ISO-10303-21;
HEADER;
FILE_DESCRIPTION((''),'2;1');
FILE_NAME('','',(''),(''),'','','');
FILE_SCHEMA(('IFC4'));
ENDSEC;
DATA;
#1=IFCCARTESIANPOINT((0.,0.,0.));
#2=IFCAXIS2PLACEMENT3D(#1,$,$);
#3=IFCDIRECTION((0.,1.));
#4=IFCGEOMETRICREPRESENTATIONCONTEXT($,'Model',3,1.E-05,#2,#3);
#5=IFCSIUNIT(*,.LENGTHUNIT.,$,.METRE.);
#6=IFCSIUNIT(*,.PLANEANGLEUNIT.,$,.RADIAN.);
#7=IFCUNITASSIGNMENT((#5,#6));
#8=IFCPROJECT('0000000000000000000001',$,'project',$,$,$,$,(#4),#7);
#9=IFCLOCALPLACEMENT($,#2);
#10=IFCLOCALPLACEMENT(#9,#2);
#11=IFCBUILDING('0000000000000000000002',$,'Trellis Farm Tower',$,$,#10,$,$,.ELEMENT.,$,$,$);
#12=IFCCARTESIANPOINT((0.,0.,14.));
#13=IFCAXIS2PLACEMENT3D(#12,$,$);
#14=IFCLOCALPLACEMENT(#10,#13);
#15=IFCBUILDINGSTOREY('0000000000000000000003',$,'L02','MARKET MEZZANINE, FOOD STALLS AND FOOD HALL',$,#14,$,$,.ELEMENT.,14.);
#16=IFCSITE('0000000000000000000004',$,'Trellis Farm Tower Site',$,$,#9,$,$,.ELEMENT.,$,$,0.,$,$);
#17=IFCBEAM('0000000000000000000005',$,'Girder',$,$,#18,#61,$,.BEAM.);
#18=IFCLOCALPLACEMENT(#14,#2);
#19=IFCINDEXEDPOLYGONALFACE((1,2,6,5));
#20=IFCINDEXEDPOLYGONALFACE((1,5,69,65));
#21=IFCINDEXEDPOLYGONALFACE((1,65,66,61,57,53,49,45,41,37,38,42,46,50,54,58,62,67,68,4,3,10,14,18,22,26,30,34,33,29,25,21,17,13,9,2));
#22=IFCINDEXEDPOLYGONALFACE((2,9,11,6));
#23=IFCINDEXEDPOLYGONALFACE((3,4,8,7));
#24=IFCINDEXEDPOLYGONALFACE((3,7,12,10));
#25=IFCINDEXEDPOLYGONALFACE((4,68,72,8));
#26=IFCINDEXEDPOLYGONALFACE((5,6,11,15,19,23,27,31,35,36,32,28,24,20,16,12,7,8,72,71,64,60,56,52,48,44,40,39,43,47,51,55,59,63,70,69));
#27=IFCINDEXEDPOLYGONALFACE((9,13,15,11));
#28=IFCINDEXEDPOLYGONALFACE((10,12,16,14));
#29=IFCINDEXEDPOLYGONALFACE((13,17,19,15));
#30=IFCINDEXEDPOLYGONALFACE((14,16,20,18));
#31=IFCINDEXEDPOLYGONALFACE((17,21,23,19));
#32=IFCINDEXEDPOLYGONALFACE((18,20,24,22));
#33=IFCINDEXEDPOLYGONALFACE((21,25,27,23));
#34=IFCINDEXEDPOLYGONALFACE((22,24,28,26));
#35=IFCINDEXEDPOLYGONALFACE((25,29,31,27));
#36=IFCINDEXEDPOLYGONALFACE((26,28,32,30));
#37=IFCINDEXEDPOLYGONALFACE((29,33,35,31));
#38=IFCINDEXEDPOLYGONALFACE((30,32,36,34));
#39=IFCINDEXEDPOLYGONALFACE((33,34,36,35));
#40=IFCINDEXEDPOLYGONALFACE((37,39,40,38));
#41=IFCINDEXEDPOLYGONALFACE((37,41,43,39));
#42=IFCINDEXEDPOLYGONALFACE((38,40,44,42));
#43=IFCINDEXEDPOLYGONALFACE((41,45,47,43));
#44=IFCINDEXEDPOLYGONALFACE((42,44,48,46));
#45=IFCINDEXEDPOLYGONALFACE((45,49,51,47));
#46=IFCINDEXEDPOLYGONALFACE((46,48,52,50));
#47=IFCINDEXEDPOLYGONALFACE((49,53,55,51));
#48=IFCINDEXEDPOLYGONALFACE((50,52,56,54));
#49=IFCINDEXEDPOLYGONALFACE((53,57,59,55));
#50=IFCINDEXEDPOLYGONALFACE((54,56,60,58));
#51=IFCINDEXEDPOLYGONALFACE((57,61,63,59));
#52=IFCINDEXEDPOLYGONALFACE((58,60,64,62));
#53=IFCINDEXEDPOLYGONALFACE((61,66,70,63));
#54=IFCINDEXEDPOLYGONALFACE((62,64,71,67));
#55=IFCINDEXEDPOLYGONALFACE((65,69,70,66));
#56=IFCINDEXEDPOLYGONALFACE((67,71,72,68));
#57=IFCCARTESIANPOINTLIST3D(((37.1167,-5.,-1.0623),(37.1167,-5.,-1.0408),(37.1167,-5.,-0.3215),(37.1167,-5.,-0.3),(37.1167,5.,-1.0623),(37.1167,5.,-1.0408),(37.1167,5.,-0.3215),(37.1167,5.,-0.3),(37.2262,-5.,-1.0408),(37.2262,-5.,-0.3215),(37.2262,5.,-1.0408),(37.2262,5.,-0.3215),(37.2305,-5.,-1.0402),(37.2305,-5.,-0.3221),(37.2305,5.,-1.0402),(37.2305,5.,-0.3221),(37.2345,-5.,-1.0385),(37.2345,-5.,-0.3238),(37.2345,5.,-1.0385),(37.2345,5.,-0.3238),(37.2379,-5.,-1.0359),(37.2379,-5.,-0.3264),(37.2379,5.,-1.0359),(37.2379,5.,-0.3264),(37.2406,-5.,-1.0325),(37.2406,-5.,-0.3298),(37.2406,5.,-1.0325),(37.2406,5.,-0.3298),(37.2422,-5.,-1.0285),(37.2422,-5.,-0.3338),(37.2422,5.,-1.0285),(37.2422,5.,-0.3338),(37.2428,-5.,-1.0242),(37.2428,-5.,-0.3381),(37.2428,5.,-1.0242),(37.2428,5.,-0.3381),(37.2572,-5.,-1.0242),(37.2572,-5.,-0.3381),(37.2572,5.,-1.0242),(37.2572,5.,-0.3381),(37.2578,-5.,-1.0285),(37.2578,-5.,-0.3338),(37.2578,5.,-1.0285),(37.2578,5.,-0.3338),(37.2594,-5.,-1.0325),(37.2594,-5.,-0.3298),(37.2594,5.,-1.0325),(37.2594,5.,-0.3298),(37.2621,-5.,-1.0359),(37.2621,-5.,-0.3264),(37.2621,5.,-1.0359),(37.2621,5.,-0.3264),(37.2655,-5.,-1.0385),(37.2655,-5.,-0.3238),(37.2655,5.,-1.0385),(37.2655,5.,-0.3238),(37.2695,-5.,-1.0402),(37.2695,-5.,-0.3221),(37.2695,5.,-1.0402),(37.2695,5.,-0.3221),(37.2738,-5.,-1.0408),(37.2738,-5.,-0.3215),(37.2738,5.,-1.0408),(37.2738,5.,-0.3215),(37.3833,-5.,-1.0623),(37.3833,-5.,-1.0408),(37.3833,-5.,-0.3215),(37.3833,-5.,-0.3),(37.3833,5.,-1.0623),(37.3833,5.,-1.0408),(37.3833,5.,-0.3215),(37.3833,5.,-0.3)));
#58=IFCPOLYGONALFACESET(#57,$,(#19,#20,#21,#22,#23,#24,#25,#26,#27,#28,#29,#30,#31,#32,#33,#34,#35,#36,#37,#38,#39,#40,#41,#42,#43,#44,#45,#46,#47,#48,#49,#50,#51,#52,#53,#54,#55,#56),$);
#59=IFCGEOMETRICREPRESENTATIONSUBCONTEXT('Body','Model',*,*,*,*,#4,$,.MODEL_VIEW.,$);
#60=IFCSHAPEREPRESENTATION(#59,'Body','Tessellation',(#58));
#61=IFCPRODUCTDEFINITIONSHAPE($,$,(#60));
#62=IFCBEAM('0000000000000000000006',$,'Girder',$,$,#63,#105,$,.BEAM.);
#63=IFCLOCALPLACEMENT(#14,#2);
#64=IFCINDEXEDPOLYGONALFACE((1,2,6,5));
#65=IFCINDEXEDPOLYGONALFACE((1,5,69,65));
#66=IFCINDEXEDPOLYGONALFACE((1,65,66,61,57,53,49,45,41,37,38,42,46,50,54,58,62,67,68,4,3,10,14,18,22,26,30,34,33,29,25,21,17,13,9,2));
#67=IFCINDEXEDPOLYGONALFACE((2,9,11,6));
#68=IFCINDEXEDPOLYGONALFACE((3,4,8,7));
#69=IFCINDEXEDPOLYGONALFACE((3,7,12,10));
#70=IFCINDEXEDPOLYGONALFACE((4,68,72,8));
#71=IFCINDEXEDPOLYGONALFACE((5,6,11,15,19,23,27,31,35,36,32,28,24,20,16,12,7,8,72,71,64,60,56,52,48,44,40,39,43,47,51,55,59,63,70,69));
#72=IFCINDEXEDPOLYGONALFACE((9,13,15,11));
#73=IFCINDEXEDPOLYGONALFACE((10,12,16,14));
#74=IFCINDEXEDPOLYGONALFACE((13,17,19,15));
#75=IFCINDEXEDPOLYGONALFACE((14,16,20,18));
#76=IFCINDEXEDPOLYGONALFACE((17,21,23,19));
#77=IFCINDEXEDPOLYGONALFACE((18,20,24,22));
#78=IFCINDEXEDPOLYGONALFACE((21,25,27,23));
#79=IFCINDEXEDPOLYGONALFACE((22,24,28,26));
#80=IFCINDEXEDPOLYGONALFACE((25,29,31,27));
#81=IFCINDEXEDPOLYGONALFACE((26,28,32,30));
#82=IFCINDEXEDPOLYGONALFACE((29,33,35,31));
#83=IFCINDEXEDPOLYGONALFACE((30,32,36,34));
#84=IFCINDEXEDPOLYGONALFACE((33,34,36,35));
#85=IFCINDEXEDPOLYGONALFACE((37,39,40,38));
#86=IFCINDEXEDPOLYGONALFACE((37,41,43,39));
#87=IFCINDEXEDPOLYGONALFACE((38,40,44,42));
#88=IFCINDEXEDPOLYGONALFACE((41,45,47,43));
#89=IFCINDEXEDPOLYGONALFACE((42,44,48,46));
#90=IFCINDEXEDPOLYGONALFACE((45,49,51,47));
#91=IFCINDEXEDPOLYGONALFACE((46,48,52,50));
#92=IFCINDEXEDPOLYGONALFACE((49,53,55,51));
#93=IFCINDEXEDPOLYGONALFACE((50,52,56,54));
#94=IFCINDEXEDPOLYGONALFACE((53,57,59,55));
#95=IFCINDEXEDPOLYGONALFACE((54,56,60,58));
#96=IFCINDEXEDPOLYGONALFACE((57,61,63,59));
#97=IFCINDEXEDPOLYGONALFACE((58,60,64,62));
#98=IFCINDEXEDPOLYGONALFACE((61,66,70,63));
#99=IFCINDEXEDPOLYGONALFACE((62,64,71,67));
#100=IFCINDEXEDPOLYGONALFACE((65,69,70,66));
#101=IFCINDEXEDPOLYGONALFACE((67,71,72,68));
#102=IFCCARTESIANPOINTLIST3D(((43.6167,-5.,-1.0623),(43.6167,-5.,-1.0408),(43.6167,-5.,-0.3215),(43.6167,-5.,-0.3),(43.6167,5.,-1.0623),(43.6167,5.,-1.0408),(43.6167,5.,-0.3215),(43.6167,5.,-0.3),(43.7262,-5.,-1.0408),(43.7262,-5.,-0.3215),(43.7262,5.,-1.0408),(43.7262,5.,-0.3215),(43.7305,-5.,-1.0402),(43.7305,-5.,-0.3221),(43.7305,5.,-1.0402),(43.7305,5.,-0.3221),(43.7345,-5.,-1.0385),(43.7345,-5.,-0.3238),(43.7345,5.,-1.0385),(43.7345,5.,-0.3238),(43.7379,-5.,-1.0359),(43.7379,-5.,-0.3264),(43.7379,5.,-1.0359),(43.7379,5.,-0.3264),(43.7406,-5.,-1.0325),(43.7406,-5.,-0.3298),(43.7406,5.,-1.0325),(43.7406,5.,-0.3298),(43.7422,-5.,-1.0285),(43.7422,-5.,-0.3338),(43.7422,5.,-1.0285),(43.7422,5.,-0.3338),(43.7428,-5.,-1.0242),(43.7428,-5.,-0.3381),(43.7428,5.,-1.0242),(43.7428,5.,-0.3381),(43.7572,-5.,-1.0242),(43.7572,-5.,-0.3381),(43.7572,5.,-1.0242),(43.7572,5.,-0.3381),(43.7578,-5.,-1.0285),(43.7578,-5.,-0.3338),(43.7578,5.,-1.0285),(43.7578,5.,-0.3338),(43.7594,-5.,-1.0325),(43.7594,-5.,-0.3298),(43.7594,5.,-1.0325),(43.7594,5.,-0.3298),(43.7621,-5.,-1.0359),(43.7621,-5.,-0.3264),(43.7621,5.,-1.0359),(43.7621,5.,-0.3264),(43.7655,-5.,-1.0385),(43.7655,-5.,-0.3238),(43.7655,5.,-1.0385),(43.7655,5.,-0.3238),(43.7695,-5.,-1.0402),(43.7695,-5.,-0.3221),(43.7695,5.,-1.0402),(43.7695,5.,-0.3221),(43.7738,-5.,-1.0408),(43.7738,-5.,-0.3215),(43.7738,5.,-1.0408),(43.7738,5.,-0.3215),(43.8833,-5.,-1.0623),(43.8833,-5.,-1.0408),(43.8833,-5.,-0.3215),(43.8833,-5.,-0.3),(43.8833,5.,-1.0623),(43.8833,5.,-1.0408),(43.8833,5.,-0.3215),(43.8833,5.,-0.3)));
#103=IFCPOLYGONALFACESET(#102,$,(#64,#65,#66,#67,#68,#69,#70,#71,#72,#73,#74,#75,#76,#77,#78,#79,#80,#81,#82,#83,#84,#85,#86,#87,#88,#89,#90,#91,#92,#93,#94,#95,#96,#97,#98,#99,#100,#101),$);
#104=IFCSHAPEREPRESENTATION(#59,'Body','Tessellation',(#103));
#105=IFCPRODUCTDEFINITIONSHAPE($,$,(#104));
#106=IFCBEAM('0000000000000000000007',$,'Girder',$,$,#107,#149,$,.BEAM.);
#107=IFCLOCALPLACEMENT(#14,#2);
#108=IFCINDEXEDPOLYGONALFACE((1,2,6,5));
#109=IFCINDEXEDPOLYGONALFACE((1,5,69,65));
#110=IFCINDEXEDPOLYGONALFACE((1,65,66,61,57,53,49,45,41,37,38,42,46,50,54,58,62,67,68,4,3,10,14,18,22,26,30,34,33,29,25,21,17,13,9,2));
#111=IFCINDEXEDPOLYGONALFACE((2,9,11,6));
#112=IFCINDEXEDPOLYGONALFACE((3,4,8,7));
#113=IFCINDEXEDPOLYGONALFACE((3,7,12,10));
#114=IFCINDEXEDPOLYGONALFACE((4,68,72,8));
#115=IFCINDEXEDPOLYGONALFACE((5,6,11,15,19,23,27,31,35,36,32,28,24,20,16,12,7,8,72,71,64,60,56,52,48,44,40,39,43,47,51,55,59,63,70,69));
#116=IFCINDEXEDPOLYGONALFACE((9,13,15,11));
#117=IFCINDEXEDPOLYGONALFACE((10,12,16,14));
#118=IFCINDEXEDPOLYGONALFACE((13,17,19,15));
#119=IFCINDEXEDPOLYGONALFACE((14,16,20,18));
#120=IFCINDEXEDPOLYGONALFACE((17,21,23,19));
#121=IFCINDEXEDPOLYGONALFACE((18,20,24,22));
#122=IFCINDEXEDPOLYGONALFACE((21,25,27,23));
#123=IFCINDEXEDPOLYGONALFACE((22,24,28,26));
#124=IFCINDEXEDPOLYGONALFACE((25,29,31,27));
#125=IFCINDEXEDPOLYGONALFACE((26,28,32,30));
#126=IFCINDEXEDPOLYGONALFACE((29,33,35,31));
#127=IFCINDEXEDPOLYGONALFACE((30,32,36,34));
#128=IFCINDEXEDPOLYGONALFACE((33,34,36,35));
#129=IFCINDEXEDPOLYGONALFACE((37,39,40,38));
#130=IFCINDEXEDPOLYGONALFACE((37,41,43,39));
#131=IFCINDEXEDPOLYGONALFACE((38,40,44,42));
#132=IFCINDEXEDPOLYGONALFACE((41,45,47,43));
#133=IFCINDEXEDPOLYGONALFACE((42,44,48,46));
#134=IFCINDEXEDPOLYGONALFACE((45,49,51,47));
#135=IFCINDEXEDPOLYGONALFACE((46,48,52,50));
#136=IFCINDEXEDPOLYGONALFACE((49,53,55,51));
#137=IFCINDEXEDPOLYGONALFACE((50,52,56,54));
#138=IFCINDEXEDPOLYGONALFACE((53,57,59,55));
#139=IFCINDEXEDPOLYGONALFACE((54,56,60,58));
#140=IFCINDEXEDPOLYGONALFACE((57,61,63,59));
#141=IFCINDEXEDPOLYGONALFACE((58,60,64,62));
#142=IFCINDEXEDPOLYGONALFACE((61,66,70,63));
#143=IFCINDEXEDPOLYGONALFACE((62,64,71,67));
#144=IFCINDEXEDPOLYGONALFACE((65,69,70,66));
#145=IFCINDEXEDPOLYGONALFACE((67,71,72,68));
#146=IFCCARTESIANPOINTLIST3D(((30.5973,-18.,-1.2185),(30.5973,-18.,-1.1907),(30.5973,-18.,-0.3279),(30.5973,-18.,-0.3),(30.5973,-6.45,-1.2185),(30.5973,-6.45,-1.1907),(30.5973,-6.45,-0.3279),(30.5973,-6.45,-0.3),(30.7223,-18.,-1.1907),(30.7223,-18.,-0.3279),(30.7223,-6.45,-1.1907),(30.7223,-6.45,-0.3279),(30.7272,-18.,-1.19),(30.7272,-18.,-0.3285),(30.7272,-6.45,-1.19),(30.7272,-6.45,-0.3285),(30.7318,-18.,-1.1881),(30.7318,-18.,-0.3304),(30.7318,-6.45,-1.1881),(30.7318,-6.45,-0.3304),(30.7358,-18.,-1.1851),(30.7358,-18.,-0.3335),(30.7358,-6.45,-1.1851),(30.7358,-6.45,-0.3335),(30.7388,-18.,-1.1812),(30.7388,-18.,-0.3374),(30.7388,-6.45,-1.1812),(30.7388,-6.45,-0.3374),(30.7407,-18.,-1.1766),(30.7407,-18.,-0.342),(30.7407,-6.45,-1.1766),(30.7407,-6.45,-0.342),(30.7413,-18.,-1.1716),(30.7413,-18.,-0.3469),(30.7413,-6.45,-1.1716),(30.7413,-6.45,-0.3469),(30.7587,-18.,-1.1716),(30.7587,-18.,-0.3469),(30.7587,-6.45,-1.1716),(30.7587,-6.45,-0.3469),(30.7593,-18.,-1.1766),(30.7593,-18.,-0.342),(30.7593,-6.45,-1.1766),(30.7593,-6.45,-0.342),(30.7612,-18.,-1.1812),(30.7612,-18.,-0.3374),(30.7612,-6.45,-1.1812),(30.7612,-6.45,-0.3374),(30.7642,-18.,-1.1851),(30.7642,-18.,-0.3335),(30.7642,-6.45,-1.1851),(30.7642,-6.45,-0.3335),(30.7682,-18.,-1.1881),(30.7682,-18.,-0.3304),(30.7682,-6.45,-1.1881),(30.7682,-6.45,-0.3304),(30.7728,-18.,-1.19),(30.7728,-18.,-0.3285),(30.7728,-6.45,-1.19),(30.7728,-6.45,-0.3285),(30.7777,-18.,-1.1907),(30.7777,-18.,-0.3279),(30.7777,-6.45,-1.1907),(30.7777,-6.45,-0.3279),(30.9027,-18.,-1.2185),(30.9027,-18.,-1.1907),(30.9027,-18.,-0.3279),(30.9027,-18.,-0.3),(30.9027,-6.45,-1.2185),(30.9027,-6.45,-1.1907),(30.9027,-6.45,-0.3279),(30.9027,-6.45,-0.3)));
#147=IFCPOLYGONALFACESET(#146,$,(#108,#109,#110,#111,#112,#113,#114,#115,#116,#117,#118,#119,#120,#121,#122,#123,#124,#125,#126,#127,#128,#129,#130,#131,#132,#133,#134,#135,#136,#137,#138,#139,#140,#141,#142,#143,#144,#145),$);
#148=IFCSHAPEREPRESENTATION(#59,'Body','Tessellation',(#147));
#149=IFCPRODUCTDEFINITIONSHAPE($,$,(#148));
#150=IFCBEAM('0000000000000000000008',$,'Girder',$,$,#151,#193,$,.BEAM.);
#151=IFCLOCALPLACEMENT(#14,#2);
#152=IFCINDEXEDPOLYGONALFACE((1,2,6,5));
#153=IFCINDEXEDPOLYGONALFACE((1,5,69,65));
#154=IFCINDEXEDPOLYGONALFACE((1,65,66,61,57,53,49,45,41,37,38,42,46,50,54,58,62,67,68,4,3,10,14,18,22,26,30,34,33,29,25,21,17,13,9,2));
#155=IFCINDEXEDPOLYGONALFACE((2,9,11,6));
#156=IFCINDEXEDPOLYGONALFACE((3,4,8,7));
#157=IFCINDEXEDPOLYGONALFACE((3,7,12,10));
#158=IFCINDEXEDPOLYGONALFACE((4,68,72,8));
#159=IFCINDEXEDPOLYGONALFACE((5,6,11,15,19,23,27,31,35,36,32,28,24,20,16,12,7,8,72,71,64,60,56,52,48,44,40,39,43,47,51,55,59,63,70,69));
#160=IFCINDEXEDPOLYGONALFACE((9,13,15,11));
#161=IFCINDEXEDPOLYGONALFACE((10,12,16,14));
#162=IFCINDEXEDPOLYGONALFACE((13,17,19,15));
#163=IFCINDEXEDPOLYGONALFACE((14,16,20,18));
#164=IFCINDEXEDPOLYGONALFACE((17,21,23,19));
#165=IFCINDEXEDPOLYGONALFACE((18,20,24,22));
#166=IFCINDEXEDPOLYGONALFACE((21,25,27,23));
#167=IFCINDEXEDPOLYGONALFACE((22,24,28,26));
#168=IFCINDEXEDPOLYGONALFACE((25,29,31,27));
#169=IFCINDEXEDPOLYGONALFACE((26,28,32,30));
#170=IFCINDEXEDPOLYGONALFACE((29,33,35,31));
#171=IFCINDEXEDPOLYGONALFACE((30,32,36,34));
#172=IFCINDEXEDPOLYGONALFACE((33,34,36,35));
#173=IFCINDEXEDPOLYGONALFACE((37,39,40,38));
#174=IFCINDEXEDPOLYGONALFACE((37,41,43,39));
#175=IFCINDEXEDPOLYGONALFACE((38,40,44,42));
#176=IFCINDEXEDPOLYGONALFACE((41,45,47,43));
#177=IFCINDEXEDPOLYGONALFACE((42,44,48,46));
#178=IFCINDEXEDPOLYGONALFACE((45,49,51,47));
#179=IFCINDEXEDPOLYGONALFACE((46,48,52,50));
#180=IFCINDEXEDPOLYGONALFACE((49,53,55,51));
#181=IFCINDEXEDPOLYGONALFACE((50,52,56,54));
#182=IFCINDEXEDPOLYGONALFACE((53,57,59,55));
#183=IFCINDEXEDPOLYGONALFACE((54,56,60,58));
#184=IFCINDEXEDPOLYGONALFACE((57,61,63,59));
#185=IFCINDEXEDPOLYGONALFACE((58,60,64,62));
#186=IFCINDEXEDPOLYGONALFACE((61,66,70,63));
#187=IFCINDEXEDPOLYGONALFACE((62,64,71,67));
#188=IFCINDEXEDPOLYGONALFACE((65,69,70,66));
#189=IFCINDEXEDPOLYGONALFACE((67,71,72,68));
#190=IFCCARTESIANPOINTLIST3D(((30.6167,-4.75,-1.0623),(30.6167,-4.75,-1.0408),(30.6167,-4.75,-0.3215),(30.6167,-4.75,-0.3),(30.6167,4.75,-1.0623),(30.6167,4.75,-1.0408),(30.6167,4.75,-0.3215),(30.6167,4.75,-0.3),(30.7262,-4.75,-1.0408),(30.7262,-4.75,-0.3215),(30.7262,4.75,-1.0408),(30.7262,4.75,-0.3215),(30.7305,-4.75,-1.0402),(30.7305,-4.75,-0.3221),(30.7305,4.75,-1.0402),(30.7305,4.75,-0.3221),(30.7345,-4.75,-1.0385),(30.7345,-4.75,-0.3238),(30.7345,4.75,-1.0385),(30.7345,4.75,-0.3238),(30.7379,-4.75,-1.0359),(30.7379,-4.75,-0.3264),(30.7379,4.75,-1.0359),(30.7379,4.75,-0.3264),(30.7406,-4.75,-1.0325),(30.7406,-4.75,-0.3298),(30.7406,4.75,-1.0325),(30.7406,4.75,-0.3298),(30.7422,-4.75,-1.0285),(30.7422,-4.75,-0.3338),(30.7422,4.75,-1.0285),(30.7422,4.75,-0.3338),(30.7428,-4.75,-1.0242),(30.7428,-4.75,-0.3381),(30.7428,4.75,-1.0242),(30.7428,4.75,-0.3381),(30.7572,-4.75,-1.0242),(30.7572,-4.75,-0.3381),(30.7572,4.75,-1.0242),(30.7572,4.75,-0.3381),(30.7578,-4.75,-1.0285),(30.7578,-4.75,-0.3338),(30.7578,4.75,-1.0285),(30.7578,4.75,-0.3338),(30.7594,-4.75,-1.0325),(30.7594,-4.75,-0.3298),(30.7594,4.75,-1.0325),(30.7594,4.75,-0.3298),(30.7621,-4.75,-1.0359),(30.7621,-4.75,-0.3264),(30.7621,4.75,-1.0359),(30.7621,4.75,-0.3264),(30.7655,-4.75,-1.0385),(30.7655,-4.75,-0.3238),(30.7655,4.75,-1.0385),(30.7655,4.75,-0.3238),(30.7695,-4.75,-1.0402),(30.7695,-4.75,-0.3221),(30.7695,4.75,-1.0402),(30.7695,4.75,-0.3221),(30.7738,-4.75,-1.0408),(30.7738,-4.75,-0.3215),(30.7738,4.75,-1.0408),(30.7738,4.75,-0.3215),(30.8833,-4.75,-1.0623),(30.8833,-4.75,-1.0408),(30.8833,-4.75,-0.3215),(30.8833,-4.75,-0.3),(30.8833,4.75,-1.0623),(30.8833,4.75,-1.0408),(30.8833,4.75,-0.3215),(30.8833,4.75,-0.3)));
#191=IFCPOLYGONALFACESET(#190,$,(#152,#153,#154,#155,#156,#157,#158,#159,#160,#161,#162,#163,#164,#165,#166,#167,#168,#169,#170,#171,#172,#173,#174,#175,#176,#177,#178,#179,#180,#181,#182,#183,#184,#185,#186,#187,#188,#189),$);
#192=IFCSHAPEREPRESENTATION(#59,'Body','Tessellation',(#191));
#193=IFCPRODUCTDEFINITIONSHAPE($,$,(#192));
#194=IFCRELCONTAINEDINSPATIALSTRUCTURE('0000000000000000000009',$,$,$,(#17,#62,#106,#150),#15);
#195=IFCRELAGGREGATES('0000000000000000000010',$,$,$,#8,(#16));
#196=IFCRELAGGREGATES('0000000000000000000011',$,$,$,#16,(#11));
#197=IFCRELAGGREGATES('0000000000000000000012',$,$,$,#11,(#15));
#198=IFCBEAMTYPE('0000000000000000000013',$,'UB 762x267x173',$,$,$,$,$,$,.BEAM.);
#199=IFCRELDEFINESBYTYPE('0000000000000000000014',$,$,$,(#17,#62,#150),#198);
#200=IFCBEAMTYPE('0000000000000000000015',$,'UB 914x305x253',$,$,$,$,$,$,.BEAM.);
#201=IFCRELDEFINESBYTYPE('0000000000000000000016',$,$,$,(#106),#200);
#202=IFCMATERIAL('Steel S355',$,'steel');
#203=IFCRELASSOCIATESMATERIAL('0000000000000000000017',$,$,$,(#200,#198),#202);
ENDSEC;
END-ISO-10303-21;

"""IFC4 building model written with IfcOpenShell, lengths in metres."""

from ifc_helpers import new_model, si_unit, direction, frame, origin, origin_2d, place, context, subcontext, project, spatial, i_section, extrude, source, transform, mapped, material, material_profile, profile_set, type_object, element, save


model = new_model("IFC4")

# Units and contexts
model_context = context("Model", 3, precision=1e-05, world=origin(), true_north=direction((0.0, 1.0)))
body_context = subcontext(model_context, "Body", "Model", "MODEL_VIEW")
ifc_project = project(units=[si_unit("LENGTHUNIT", "METRE"), si_unit("PLANEANGLEUNIT", "RADIAN")], contexts=[model_context])

# Site, building, storey
site_placement = place(None, origin())
site = spatial("IfcSite", under=ifc_project, at=site_placement, Name="Trellis Farm Tower Site", CompositionType="ELEMENT", RefElevation=0.0)
building_placement = place(site_placement, origin())
building = spatial("IfcBuilding", under=site, at=building_placement, Name="Trellis Farm Tower", CompositionType="ELEMENT")
storey_placement = place(building_placement, frame((0.0, 0.0, 14.0)))
storey = spatial("IfcBuildingStorey", under=building, at=storey_placement, Name="L02", Description="MARKET MEZZANINE, FOOD STALLS AND FOOD HALL", CompositionType="ELEMENT", Elevation=14.0)

# Beams
ifc_material_1 = material(Name="Steel S355", Category="steel")
ifc_material_profile_1 = material_profile(ifc_material_1, i_section(OverallWidth=0.3054, OverallDepth=0.9185, WebThickness=0.0173, FlangeThickness=0.0278, FilletRadius=0.019, at=origin_2d()), Name="UB 914x305x253")
ifc_profile_set_1 = profile_set([ifc_material_profile_1], Name="Steel S355")
beam_type_1 = type_object("IfcBeamType", Name="UB 914x305x253", PredefinedType="BEAM", material=ifc_profile_set_1)
ifc_material_profile_2 = material_profile(ifc_material_1, i_section(OverallWidth=0.2666, OverallDepth=0.7622, WebThickness=0.0144, FlangeThickness=0.0215, FilletRadius=0.0166, at=origin_2d()), Name="UB 762x267x173")
ifc_profile_set_2 = profile_set([ifc_material_profile_2], Name="Steel S355")
beam_type_2 = type_object("IfcBeamType", Name="UB 762x267x173", PredefinedType="BEAM", material=ifc_profile_set_2)
shared_shape_1 = source(origin(), body_context, "Body", "SweptSolid", [
    extrude(i_section(OverallWidth=0.2666, OverallDepth=0.7622, WebThickness=0.0144, FlangeThickness=0.0215, FilletRadius=0.0166, at=origin_2d()), origin(), (0.0, 0.0, 1.0), 10.0),
])
for number, where, z_axis, x_axis, name in (
    (1, (37.25, -5.0, -0.6812), (0.0, 1.0, 0.0), (-1.0, 0.0, 0.0), "Girder"),
    (2, (43.75, -5.0, -0.6812), (0.0, 1.0, 0.0), (-1.0, 0.0, 0.0), "Girder"),
):
    element("IfcBeam", number, at=place(storey_placement, frame(where, z_axis=z_axis, x_axis=x_axis)), inside=storey, type_object=beam_type_2, Name=name, PredefinedType="BEAM", context=body_context, shape_type="MappedRepresentation", body=[
        mapped(shared_shape_1, transform((0.0, 0.0, 0.0))),
    ])
shared_shape_2 = source(origin(), body_context, "Body", "SweptSolid", [
    extrude(i_section(OverallWidth=0.3054, OverallDepth=0.9185, WebThickness=0.0173, FlangeThickness=0.0278, FilletRadius=0.019, at=origin_2d()), origin(), (0.0, 0.0, 1.0), 11.55),
])
beam_1_placement = place(storey_placement, frame((30.75, -18.0, -0.7593), z_axis=(0.0, 1.0, 0.0), x_axis=(-1.0, 0.0, 0.0)))
element("IfcBeam", 3, at=beam_1_placement, inside=storey, type_object=beam_type_1, Name="Girder", PredefinedType="BEAM", context=body_context, shape_type="MappedRepresentation", body=[
    mapped(shared_shape_2, transform((0.0, 0.0, 0.0))),
])
shared_shape_3 = source(origin(), body_context, "Body", "SweptSolid", [
    extrude(i_section(OverallWidth=0.2666, OverallDepth=0.7622, WebThickness=0.0144, FlangeThickness=0.0215, FilletRadius=0.0166, at=origin_2d()), origin(), (0.0, 0.0, 1.0), 9.5),
])
beam_2_placement = place(storey_placement, frame((30.75, -4.75, -0.6812), z_axis=(0.0, 1.0, 0.0), x_axis=(-1.0, 0.0, 0.0)))
element("IfcBeam", 4, at=beam_2_placement, inside=storey, type_object=beam_type_2, Name="Girder", PredefinedType="BEAM", context=body_context, shape_type="MappedRepresentation", body=[
    mapped(shared_shape_3, transform((0.0, 0.0, 0.0))),
])

save(model, "model.ifc")
